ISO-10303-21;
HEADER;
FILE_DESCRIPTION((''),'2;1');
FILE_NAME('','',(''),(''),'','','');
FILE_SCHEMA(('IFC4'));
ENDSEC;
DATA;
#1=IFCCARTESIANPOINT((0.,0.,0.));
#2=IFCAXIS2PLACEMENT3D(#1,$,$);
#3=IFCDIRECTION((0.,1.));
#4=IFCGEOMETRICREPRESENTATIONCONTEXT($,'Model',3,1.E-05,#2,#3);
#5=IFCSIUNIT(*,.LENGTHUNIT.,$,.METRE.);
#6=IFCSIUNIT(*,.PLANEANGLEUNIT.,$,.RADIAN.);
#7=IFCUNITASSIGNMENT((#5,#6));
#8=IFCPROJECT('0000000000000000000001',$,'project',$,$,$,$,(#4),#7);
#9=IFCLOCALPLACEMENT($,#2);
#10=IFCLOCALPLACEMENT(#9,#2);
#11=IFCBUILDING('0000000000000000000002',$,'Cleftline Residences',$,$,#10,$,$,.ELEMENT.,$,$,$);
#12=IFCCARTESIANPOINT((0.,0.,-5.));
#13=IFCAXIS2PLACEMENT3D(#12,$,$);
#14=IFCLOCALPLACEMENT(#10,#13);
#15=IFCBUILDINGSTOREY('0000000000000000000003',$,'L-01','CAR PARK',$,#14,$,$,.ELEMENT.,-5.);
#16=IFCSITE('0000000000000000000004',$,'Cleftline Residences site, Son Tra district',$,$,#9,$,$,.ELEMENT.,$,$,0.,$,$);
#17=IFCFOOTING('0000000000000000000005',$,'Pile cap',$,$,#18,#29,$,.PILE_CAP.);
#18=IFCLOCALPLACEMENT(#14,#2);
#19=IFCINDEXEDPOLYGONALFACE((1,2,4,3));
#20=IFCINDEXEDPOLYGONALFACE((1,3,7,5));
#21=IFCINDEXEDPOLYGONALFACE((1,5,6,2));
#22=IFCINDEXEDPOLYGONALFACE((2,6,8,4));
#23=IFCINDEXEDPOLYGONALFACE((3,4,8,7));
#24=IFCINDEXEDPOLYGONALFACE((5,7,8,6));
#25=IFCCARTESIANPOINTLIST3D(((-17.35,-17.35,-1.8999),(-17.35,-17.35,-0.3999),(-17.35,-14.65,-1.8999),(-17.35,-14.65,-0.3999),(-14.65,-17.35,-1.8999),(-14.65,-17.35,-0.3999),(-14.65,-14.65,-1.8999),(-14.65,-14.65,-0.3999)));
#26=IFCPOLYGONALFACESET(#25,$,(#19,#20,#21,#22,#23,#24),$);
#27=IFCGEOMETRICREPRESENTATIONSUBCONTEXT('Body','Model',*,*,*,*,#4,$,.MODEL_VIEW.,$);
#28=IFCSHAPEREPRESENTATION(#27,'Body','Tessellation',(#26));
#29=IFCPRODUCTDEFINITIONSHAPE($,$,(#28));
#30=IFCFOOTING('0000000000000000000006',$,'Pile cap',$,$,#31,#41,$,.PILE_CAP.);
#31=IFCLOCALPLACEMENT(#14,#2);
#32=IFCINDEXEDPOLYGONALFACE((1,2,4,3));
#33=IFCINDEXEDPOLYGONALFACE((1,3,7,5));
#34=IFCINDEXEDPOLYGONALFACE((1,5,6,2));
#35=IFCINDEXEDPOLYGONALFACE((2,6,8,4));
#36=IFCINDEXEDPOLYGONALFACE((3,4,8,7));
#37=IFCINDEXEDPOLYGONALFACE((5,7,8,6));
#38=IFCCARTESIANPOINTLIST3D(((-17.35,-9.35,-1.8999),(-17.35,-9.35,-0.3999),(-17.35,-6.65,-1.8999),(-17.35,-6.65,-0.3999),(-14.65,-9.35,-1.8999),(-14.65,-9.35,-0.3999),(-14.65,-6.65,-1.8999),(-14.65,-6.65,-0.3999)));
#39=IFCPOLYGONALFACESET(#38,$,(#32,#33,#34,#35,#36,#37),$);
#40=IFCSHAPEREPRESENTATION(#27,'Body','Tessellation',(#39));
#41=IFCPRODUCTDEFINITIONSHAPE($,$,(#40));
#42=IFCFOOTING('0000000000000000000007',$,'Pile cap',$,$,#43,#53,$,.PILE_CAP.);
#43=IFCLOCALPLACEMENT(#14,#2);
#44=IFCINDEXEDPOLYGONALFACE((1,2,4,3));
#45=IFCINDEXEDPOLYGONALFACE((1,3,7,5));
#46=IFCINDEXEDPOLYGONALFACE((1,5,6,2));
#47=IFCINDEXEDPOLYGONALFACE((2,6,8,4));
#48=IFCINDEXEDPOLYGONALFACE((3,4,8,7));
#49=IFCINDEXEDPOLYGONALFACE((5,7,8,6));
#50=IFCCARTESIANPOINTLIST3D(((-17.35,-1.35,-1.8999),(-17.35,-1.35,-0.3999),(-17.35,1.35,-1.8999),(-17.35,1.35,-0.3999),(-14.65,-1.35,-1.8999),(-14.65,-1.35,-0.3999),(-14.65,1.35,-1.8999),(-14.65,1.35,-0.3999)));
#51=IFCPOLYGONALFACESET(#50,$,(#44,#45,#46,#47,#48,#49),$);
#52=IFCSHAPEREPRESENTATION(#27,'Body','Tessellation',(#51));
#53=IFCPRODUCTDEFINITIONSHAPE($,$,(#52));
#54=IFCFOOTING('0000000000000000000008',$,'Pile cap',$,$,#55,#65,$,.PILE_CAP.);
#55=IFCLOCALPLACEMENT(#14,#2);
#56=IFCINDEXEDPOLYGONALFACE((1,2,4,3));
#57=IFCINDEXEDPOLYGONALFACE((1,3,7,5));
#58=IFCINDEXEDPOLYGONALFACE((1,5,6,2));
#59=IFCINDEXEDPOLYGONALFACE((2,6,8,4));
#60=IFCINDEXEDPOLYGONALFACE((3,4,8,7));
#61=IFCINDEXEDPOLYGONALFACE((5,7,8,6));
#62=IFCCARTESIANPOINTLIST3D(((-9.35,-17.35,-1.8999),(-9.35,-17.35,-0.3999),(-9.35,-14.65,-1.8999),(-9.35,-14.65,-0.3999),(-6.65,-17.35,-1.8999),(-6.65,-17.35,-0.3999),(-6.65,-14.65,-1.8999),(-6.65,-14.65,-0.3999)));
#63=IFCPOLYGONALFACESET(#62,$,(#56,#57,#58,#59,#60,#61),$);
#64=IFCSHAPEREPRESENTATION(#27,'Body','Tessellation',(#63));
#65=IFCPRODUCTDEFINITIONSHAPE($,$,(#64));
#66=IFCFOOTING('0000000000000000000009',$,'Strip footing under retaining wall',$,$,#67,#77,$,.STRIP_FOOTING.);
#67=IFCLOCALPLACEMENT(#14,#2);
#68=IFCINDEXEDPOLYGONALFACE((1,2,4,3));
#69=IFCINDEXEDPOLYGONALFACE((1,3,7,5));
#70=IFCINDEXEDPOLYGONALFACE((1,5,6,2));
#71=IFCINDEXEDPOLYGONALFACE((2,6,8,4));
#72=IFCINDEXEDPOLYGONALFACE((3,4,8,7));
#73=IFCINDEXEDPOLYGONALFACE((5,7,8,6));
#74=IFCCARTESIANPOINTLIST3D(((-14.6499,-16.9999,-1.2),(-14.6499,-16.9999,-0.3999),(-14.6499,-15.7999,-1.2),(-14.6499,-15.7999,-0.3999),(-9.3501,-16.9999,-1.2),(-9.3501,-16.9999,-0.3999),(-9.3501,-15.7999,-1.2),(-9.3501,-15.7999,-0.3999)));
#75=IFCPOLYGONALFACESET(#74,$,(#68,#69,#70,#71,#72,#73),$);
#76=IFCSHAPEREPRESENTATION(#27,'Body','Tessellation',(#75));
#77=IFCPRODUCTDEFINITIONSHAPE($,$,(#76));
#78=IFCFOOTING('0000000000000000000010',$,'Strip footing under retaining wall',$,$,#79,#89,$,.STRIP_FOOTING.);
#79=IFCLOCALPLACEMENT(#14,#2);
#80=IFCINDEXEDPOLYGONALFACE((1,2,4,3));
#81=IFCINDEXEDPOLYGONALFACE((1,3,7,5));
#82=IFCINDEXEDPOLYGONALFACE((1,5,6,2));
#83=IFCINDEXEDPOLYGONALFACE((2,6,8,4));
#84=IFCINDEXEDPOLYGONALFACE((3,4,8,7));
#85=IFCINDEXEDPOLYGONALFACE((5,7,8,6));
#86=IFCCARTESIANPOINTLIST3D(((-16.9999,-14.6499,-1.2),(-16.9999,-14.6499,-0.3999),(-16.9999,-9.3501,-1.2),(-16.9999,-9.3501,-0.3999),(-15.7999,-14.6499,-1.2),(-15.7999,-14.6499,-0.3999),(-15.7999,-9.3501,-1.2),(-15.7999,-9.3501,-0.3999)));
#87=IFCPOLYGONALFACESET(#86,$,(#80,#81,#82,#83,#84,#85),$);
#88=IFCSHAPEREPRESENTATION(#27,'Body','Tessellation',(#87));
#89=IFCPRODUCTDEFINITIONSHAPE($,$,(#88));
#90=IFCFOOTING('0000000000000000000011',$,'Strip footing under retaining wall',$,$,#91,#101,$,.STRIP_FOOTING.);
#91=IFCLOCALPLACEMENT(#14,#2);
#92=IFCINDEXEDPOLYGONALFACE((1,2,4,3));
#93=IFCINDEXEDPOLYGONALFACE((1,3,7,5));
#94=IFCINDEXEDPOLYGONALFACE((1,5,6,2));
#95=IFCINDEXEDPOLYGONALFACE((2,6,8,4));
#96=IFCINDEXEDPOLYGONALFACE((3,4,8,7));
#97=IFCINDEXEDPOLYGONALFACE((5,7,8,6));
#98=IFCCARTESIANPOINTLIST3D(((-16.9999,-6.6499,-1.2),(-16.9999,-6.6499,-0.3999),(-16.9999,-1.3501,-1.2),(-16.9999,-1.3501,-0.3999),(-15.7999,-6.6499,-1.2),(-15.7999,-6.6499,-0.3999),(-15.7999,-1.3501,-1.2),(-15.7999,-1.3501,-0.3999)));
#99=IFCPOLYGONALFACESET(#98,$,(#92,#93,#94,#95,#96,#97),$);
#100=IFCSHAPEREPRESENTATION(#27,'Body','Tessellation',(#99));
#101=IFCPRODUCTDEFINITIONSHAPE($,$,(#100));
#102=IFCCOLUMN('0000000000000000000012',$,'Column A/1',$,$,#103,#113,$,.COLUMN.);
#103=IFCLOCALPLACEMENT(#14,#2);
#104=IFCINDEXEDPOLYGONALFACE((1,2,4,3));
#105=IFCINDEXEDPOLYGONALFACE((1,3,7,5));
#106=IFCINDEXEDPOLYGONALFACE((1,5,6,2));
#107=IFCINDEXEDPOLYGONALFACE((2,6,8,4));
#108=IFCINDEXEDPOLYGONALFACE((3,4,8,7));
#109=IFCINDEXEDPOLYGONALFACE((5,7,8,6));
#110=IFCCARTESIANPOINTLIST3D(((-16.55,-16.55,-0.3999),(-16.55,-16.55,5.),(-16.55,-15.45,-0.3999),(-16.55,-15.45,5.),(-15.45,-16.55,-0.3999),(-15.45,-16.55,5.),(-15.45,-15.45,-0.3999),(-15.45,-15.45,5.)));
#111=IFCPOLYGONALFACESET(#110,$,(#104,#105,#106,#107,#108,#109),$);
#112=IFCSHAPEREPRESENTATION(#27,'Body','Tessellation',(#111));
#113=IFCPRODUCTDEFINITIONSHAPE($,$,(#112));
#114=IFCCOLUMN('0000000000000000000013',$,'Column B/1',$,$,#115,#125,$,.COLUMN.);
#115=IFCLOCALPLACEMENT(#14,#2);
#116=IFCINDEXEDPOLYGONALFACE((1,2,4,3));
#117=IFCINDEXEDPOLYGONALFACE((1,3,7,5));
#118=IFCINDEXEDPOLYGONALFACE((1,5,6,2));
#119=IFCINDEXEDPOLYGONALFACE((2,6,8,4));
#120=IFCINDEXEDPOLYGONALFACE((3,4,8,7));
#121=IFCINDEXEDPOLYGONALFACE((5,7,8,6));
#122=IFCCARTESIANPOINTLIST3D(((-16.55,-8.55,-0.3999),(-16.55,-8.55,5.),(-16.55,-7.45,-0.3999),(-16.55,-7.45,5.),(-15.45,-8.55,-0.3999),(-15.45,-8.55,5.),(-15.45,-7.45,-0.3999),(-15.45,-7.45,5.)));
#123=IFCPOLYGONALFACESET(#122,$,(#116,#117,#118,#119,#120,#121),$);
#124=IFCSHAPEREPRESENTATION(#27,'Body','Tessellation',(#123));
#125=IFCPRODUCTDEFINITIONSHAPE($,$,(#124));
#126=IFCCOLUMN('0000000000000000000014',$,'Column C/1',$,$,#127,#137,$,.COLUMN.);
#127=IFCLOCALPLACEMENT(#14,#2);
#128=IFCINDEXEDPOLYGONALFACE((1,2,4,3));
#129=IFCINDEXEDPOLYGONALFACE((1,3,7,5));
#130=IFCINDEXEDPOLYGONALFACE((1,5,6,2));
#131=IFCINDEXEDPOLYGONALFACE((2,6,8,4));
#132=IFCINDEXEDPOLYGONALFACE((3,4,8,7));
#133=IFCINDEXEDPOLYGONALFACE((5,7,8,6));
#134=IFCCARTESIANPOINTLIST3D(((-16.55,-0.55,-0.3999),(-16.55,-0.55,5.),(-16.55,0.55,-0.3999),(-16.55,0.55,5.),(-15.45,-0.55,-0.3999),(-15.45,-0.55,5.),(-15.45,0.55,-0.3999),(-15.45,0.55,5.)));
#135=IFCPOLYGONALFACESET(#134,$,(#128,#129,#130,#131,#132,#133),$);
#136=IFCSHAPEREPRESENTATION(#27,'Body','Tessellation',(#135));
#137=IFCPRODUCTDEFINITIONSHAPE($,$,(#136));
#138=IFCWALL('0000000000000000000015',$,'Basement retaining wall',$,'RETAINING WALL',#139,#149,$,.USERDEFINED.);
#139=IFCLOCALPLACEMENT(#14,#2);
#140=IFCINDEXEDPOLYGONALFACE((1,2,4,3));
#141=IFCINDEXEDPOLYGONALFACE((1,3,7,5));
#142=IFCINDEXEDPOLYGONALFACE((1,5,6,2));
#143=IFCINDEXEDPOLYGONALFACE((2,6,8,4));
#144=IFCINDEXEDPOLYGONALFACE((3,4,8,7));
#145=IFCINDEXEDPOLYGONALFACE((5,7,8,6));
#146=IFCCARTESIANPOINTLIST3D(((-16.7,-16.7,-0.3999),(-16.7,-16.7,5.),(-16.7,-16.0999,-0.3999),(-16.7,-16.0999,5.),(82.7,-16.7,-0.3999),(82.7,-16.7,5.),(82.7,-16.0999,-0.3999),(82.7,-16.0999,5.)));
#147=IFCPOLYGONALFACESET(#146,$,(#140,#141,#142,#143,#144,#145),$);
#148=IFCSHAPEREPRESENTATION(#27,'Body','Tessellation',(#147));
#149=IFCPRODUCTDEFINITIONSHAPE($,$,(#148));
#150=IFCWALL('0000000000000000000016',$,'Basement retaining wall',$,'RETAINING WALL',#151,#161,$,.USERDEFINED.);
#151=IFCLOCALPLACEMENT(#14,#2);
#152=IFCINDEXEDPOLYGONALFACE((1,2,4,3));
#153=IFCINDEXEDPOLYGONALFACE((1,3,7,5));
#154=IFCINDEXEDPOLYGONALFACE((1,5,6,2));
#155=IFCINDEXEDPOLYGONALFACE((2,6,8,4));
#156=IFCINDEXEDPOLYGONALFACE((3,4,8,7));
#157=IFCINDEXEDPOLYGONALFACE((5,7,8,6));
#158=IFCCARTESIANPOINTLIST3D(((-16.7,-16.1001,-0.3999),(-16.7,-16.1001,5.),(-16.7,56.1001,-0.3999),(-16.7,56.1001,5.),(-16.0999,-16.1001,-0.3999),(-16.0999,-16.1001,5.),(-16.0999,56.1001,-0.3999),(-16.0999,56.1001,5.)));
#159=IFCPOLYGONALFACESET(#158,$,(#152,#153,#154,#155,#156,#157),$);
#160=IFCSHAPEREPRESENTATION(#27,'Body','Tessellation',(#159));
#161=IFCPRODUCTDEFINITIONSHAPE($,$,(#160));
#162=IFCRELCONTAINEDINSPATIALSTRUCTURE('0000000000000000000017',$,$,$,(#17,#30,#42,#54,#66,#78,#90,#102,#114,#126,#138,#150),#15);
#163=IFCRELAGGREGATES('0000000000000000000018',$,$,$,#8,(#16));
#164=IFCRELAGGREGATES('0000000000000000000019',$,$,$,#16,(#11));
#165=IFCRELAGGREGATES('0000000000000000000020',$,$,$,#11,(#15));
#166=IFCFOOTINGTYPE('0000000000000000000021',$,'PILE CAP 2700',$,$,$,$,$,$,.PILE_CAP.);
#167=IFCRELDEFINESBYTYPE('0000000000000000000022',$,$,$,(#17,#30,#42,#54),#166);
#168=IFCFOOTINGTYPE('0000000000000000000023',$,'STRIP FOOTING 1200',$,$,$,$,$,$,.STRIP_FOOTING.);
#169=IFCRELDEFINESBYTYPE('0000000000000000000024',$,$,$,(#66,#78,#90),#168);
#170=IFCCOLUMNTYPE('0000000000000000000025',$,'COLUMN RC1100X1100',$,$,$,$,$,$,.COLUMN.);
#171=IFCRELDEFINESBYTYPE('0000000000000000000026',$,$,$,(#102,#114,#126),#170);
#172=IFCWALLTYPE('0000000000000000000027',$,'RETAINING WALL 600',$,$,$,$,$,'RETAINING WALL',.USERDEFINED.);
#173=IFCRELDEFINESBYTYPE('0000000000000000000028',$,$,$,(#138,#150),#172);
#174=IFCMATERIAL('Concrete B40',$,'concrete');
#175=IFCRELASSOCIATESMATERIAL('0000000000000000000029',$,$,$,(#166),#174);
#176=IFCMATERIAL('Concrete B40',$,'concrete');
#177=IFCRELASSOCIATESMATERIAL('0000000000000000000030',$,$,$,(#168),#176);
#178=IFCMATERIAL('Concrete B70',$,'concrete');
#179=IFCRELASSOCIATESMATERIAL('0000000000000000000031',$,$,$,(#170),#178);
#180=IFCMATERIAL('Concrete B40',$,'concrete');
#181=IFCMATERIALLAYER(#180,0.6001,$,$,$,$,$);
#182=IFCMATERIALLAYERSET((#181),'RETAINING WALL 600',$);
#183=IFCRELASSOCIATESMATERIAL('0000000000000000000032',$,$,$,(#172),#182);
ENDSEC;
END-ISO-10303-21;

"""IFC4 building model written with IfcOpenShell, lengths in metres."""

from ifc_helpers import new_model, si_unit, direction, frame, frame_2d, origin, origin_2d, place, context, subcontext, project, spatial, rectangle, extrude, material, layer, layer_set, material_profile, profile_set, type_object, element, save


model = new_model("IFC4")

# Units and contexts
model_context = context("Model", 3, precision=1e-05, world=origin(), true_north=direction((0.0, 1.0)))
body_context = subcontext(model_context, "Body", "Model", "MODEL_VIEW")
ifc_project = project(units=[si_unit("LENGTHUNIT", "METRE"), si_unit("PLANEANGLEUNIT", "RADIAN")], contexts=[model_context])

# Site, building, storey
site_placement = place(None, origin())
site = spatial("IfcSite", under=ifc_project, at=site_placement, Name="Cleftline Residences site, Son Tra district", CompositionType="ELEMENT", RefElevation=0.0)
building_placement = place(site_placement, origin())
building = spatial("IfcBuilding", under=site, at=building_placement, Name="Cleftline Residences", CompositionType="ELEMENT")
storey_placement = place(building_placement, frame((0.0, 0.0, -5.0)))
storey = spatial("IfcBuildingStorey", under=building, at=storey_placement, Name="L-01", Description="CAR PARK", CompositionType="ELEMENT", Elevation=-5.0)

# Footings
ifc_material_1 = material(Name="Concrete B40", Category="concrete")
footing_type_1 = type_object("IfcFootingType", Name="PILE CAP 2700", PredefinedType="PILE_CAP", material=ifc_material_1)
for number, where, z_axis, x_axis, name in (
    (1, (-16.0, -16.0, -1.8999), (0.0, 0.0, 1.0), (1.0, 0.0, 0.0), "Pile cap"),
    (2, (-16.0, -8.0, -1.8999), (0.0, 0.0, 1.0), (1.0, 0.0, 0.0), "Pile cap"),
    (3, (-16.0, 0.0, -1.8999), (0.0, 0.0, 1.0), (1.0, 0.0, 0.0), "Pile cap"),
    (4, (-8.0, -16.0, -1.8999), (0.0, 0.0, 1.0), (1.0, 0.0, 0.0), "Pile cap"),
):
    element("IfcFooting", number, at=place(storey_placement, frame(where, z_axis=z_axis, x_axis=x_axis)), inside=storey, type_object=footing_type_1, Name=name, PredefinedType="PILE_CAP", context=body_context, shape_type="SweptSolid", body=[
        extrude(rectangle(XDim=2.7, YDim=2.7, at=origin_2d()), origin(), (0.0, 0.0, 1.0), 1.5),
    ])
ifc_material_2 = material(Name="Concrete B40", Category="concrete")
footing_type_2 = type_object("IfcFootingType", Name="STRIP FOOTING 1200", PredefinedType="STRIP_FOOTING", material=ifc_material_2)
for number, where, z_axis, x_axis, name in (
    (5, (-14.6499, -16.3999, -1.2), (0.0, 0.0, 1.0), (1.0, 0.0, 0.0), "Strip footing under retaining wall"),
    (6, (-16.3999, -14.6499, -1.2), (0.0, 0.0, 1.0), (0.0, 1.0, 0.0), "Strip footing under retaining wall"),
    (7, (-16.3999, -6.6499, -1.2), (0.0, 0.0, 1.0), (0.0, 1.0, 0.0), "Strip footing under retaining wall"),
):
    element("IfcFooting", number, at=place(storey_placement, frame(where, z_axis=z_axis, x_axis=x_axis)), inside=storey, type_object=footing_type_2, Name=name, PredefinedType="STRIP_FOOTING", context=body_context, shape_type="SweptSolid", body=[
        extrude(rectangle(XDim=5.2998, YDim=1.2, at=frame_2d((2.6499, 0.0))), origin(), (0.0, 0.0, 1.0), 0.8),
    ])

# Columns
ifc_material_3 = material(Name="Concrete B70", Category="concrete")
ifc_material_profile_1 = material_profile(ifc_material_3, rectangle(XDim=1.1001, YDim=1.1001, at=origin_2d()))
ifc_profile_set_1 = profile_set([ifc_material_profile_1], Name="Concrete B70")
column_type = type_object("IfcColumnType", Name="COLUMN RC1100X1100", PredefinedType="COLUMN", material=ifc_profile_set_1)
for number, where, z_axis, x_axis, name in (
    (8, (-16.0, -16.0, -0.3999), (0.0, 0.0, 1.0), (1.0, 0.0, 0.0), "Column A/1"),
    (9, (-16.0, -8.0, -0.3999), (0.0, 0.0, 1.0), (1.0, 0.0, 0.0), "Column B/1"),
    (10, (-16.0, 0.0, -0.3999), (0.0, 0.0, 1.0), (1.0, 0.0, 0.0), "Column C/1"),
):
    element("IfcColumn", number, at=place(storey_placement, frame(where, z_axis=z_axis, x_axis=x_axis)), inside=storey, type_object=column_type, Name=name, PredefinedType="COLUMN", context=body_context, shape_type="SweptSolid", body=[
        extrude(rectangle(XDim=1.1001, YDim=1.1001, at=origin_2d()), origin(), (0.0, 0.0, 1.0), 5.3999),
    ])

# Walls
ifc_material_4 = material(Name="Concrete B40", Category="concrete")
ifc_layer = layer(ifc_material_4, 0.6001)
ifc_layer_set = layer_set([ifc_layer], Name="RETAINING WALL 600")
wall_type = type_object("IfcWallType", Name="RETAINING WALL 600", ElementType="RETAINING WALL", PredefinedType="USERDEFINED", material=ifc_layer_set)
wall_1_placement = place(storey_placement, frame((-16.7, -16.3999, -0.3999), z_axis=(0.0, 0.0, 1.0), x_axis=(1.0, 0.0, 0.0)))
element("IfcWall", 11, at=wall_1_placement, inside=storey, type_object=wall_type, Name="Basement retaining wall", ObjectType="RETAINING WALL", PredefinedType="USERDEFINED", context=body_context, shape_type="SweptSolid", body=[
    extrude(rectangle(XDim=99.3999, YDim=0.6001, at=frame_2d((49.7, 0.0))), origin(), (0.0, 0.0, 1.0), 5.3999),
])
wall_2_placement = place(storey_placement, frame((-16.3999, -16.1001, -0.3999), z_axis=(0.0, 0.0, 1.0), x_axis=(0.0, 1.0, 0.0)))
element("IfcWall", 12, at=wall_2_placement, inside=storey, type_object=wall_type, Name="Basement retaining wall", ObjectType="RETAINING WALL", PredefinedType="USERDEFINED", context=body_context, shape_type="SweptSolid", body=[
    extrude(rectangle(XDim=72.2002, YDim=0.6001, at=frame_2d((36.1001, 0.0))), origin(), (0.0, 0.0, 1.0), 5.3999),
])

save(model, "model.ifc")
